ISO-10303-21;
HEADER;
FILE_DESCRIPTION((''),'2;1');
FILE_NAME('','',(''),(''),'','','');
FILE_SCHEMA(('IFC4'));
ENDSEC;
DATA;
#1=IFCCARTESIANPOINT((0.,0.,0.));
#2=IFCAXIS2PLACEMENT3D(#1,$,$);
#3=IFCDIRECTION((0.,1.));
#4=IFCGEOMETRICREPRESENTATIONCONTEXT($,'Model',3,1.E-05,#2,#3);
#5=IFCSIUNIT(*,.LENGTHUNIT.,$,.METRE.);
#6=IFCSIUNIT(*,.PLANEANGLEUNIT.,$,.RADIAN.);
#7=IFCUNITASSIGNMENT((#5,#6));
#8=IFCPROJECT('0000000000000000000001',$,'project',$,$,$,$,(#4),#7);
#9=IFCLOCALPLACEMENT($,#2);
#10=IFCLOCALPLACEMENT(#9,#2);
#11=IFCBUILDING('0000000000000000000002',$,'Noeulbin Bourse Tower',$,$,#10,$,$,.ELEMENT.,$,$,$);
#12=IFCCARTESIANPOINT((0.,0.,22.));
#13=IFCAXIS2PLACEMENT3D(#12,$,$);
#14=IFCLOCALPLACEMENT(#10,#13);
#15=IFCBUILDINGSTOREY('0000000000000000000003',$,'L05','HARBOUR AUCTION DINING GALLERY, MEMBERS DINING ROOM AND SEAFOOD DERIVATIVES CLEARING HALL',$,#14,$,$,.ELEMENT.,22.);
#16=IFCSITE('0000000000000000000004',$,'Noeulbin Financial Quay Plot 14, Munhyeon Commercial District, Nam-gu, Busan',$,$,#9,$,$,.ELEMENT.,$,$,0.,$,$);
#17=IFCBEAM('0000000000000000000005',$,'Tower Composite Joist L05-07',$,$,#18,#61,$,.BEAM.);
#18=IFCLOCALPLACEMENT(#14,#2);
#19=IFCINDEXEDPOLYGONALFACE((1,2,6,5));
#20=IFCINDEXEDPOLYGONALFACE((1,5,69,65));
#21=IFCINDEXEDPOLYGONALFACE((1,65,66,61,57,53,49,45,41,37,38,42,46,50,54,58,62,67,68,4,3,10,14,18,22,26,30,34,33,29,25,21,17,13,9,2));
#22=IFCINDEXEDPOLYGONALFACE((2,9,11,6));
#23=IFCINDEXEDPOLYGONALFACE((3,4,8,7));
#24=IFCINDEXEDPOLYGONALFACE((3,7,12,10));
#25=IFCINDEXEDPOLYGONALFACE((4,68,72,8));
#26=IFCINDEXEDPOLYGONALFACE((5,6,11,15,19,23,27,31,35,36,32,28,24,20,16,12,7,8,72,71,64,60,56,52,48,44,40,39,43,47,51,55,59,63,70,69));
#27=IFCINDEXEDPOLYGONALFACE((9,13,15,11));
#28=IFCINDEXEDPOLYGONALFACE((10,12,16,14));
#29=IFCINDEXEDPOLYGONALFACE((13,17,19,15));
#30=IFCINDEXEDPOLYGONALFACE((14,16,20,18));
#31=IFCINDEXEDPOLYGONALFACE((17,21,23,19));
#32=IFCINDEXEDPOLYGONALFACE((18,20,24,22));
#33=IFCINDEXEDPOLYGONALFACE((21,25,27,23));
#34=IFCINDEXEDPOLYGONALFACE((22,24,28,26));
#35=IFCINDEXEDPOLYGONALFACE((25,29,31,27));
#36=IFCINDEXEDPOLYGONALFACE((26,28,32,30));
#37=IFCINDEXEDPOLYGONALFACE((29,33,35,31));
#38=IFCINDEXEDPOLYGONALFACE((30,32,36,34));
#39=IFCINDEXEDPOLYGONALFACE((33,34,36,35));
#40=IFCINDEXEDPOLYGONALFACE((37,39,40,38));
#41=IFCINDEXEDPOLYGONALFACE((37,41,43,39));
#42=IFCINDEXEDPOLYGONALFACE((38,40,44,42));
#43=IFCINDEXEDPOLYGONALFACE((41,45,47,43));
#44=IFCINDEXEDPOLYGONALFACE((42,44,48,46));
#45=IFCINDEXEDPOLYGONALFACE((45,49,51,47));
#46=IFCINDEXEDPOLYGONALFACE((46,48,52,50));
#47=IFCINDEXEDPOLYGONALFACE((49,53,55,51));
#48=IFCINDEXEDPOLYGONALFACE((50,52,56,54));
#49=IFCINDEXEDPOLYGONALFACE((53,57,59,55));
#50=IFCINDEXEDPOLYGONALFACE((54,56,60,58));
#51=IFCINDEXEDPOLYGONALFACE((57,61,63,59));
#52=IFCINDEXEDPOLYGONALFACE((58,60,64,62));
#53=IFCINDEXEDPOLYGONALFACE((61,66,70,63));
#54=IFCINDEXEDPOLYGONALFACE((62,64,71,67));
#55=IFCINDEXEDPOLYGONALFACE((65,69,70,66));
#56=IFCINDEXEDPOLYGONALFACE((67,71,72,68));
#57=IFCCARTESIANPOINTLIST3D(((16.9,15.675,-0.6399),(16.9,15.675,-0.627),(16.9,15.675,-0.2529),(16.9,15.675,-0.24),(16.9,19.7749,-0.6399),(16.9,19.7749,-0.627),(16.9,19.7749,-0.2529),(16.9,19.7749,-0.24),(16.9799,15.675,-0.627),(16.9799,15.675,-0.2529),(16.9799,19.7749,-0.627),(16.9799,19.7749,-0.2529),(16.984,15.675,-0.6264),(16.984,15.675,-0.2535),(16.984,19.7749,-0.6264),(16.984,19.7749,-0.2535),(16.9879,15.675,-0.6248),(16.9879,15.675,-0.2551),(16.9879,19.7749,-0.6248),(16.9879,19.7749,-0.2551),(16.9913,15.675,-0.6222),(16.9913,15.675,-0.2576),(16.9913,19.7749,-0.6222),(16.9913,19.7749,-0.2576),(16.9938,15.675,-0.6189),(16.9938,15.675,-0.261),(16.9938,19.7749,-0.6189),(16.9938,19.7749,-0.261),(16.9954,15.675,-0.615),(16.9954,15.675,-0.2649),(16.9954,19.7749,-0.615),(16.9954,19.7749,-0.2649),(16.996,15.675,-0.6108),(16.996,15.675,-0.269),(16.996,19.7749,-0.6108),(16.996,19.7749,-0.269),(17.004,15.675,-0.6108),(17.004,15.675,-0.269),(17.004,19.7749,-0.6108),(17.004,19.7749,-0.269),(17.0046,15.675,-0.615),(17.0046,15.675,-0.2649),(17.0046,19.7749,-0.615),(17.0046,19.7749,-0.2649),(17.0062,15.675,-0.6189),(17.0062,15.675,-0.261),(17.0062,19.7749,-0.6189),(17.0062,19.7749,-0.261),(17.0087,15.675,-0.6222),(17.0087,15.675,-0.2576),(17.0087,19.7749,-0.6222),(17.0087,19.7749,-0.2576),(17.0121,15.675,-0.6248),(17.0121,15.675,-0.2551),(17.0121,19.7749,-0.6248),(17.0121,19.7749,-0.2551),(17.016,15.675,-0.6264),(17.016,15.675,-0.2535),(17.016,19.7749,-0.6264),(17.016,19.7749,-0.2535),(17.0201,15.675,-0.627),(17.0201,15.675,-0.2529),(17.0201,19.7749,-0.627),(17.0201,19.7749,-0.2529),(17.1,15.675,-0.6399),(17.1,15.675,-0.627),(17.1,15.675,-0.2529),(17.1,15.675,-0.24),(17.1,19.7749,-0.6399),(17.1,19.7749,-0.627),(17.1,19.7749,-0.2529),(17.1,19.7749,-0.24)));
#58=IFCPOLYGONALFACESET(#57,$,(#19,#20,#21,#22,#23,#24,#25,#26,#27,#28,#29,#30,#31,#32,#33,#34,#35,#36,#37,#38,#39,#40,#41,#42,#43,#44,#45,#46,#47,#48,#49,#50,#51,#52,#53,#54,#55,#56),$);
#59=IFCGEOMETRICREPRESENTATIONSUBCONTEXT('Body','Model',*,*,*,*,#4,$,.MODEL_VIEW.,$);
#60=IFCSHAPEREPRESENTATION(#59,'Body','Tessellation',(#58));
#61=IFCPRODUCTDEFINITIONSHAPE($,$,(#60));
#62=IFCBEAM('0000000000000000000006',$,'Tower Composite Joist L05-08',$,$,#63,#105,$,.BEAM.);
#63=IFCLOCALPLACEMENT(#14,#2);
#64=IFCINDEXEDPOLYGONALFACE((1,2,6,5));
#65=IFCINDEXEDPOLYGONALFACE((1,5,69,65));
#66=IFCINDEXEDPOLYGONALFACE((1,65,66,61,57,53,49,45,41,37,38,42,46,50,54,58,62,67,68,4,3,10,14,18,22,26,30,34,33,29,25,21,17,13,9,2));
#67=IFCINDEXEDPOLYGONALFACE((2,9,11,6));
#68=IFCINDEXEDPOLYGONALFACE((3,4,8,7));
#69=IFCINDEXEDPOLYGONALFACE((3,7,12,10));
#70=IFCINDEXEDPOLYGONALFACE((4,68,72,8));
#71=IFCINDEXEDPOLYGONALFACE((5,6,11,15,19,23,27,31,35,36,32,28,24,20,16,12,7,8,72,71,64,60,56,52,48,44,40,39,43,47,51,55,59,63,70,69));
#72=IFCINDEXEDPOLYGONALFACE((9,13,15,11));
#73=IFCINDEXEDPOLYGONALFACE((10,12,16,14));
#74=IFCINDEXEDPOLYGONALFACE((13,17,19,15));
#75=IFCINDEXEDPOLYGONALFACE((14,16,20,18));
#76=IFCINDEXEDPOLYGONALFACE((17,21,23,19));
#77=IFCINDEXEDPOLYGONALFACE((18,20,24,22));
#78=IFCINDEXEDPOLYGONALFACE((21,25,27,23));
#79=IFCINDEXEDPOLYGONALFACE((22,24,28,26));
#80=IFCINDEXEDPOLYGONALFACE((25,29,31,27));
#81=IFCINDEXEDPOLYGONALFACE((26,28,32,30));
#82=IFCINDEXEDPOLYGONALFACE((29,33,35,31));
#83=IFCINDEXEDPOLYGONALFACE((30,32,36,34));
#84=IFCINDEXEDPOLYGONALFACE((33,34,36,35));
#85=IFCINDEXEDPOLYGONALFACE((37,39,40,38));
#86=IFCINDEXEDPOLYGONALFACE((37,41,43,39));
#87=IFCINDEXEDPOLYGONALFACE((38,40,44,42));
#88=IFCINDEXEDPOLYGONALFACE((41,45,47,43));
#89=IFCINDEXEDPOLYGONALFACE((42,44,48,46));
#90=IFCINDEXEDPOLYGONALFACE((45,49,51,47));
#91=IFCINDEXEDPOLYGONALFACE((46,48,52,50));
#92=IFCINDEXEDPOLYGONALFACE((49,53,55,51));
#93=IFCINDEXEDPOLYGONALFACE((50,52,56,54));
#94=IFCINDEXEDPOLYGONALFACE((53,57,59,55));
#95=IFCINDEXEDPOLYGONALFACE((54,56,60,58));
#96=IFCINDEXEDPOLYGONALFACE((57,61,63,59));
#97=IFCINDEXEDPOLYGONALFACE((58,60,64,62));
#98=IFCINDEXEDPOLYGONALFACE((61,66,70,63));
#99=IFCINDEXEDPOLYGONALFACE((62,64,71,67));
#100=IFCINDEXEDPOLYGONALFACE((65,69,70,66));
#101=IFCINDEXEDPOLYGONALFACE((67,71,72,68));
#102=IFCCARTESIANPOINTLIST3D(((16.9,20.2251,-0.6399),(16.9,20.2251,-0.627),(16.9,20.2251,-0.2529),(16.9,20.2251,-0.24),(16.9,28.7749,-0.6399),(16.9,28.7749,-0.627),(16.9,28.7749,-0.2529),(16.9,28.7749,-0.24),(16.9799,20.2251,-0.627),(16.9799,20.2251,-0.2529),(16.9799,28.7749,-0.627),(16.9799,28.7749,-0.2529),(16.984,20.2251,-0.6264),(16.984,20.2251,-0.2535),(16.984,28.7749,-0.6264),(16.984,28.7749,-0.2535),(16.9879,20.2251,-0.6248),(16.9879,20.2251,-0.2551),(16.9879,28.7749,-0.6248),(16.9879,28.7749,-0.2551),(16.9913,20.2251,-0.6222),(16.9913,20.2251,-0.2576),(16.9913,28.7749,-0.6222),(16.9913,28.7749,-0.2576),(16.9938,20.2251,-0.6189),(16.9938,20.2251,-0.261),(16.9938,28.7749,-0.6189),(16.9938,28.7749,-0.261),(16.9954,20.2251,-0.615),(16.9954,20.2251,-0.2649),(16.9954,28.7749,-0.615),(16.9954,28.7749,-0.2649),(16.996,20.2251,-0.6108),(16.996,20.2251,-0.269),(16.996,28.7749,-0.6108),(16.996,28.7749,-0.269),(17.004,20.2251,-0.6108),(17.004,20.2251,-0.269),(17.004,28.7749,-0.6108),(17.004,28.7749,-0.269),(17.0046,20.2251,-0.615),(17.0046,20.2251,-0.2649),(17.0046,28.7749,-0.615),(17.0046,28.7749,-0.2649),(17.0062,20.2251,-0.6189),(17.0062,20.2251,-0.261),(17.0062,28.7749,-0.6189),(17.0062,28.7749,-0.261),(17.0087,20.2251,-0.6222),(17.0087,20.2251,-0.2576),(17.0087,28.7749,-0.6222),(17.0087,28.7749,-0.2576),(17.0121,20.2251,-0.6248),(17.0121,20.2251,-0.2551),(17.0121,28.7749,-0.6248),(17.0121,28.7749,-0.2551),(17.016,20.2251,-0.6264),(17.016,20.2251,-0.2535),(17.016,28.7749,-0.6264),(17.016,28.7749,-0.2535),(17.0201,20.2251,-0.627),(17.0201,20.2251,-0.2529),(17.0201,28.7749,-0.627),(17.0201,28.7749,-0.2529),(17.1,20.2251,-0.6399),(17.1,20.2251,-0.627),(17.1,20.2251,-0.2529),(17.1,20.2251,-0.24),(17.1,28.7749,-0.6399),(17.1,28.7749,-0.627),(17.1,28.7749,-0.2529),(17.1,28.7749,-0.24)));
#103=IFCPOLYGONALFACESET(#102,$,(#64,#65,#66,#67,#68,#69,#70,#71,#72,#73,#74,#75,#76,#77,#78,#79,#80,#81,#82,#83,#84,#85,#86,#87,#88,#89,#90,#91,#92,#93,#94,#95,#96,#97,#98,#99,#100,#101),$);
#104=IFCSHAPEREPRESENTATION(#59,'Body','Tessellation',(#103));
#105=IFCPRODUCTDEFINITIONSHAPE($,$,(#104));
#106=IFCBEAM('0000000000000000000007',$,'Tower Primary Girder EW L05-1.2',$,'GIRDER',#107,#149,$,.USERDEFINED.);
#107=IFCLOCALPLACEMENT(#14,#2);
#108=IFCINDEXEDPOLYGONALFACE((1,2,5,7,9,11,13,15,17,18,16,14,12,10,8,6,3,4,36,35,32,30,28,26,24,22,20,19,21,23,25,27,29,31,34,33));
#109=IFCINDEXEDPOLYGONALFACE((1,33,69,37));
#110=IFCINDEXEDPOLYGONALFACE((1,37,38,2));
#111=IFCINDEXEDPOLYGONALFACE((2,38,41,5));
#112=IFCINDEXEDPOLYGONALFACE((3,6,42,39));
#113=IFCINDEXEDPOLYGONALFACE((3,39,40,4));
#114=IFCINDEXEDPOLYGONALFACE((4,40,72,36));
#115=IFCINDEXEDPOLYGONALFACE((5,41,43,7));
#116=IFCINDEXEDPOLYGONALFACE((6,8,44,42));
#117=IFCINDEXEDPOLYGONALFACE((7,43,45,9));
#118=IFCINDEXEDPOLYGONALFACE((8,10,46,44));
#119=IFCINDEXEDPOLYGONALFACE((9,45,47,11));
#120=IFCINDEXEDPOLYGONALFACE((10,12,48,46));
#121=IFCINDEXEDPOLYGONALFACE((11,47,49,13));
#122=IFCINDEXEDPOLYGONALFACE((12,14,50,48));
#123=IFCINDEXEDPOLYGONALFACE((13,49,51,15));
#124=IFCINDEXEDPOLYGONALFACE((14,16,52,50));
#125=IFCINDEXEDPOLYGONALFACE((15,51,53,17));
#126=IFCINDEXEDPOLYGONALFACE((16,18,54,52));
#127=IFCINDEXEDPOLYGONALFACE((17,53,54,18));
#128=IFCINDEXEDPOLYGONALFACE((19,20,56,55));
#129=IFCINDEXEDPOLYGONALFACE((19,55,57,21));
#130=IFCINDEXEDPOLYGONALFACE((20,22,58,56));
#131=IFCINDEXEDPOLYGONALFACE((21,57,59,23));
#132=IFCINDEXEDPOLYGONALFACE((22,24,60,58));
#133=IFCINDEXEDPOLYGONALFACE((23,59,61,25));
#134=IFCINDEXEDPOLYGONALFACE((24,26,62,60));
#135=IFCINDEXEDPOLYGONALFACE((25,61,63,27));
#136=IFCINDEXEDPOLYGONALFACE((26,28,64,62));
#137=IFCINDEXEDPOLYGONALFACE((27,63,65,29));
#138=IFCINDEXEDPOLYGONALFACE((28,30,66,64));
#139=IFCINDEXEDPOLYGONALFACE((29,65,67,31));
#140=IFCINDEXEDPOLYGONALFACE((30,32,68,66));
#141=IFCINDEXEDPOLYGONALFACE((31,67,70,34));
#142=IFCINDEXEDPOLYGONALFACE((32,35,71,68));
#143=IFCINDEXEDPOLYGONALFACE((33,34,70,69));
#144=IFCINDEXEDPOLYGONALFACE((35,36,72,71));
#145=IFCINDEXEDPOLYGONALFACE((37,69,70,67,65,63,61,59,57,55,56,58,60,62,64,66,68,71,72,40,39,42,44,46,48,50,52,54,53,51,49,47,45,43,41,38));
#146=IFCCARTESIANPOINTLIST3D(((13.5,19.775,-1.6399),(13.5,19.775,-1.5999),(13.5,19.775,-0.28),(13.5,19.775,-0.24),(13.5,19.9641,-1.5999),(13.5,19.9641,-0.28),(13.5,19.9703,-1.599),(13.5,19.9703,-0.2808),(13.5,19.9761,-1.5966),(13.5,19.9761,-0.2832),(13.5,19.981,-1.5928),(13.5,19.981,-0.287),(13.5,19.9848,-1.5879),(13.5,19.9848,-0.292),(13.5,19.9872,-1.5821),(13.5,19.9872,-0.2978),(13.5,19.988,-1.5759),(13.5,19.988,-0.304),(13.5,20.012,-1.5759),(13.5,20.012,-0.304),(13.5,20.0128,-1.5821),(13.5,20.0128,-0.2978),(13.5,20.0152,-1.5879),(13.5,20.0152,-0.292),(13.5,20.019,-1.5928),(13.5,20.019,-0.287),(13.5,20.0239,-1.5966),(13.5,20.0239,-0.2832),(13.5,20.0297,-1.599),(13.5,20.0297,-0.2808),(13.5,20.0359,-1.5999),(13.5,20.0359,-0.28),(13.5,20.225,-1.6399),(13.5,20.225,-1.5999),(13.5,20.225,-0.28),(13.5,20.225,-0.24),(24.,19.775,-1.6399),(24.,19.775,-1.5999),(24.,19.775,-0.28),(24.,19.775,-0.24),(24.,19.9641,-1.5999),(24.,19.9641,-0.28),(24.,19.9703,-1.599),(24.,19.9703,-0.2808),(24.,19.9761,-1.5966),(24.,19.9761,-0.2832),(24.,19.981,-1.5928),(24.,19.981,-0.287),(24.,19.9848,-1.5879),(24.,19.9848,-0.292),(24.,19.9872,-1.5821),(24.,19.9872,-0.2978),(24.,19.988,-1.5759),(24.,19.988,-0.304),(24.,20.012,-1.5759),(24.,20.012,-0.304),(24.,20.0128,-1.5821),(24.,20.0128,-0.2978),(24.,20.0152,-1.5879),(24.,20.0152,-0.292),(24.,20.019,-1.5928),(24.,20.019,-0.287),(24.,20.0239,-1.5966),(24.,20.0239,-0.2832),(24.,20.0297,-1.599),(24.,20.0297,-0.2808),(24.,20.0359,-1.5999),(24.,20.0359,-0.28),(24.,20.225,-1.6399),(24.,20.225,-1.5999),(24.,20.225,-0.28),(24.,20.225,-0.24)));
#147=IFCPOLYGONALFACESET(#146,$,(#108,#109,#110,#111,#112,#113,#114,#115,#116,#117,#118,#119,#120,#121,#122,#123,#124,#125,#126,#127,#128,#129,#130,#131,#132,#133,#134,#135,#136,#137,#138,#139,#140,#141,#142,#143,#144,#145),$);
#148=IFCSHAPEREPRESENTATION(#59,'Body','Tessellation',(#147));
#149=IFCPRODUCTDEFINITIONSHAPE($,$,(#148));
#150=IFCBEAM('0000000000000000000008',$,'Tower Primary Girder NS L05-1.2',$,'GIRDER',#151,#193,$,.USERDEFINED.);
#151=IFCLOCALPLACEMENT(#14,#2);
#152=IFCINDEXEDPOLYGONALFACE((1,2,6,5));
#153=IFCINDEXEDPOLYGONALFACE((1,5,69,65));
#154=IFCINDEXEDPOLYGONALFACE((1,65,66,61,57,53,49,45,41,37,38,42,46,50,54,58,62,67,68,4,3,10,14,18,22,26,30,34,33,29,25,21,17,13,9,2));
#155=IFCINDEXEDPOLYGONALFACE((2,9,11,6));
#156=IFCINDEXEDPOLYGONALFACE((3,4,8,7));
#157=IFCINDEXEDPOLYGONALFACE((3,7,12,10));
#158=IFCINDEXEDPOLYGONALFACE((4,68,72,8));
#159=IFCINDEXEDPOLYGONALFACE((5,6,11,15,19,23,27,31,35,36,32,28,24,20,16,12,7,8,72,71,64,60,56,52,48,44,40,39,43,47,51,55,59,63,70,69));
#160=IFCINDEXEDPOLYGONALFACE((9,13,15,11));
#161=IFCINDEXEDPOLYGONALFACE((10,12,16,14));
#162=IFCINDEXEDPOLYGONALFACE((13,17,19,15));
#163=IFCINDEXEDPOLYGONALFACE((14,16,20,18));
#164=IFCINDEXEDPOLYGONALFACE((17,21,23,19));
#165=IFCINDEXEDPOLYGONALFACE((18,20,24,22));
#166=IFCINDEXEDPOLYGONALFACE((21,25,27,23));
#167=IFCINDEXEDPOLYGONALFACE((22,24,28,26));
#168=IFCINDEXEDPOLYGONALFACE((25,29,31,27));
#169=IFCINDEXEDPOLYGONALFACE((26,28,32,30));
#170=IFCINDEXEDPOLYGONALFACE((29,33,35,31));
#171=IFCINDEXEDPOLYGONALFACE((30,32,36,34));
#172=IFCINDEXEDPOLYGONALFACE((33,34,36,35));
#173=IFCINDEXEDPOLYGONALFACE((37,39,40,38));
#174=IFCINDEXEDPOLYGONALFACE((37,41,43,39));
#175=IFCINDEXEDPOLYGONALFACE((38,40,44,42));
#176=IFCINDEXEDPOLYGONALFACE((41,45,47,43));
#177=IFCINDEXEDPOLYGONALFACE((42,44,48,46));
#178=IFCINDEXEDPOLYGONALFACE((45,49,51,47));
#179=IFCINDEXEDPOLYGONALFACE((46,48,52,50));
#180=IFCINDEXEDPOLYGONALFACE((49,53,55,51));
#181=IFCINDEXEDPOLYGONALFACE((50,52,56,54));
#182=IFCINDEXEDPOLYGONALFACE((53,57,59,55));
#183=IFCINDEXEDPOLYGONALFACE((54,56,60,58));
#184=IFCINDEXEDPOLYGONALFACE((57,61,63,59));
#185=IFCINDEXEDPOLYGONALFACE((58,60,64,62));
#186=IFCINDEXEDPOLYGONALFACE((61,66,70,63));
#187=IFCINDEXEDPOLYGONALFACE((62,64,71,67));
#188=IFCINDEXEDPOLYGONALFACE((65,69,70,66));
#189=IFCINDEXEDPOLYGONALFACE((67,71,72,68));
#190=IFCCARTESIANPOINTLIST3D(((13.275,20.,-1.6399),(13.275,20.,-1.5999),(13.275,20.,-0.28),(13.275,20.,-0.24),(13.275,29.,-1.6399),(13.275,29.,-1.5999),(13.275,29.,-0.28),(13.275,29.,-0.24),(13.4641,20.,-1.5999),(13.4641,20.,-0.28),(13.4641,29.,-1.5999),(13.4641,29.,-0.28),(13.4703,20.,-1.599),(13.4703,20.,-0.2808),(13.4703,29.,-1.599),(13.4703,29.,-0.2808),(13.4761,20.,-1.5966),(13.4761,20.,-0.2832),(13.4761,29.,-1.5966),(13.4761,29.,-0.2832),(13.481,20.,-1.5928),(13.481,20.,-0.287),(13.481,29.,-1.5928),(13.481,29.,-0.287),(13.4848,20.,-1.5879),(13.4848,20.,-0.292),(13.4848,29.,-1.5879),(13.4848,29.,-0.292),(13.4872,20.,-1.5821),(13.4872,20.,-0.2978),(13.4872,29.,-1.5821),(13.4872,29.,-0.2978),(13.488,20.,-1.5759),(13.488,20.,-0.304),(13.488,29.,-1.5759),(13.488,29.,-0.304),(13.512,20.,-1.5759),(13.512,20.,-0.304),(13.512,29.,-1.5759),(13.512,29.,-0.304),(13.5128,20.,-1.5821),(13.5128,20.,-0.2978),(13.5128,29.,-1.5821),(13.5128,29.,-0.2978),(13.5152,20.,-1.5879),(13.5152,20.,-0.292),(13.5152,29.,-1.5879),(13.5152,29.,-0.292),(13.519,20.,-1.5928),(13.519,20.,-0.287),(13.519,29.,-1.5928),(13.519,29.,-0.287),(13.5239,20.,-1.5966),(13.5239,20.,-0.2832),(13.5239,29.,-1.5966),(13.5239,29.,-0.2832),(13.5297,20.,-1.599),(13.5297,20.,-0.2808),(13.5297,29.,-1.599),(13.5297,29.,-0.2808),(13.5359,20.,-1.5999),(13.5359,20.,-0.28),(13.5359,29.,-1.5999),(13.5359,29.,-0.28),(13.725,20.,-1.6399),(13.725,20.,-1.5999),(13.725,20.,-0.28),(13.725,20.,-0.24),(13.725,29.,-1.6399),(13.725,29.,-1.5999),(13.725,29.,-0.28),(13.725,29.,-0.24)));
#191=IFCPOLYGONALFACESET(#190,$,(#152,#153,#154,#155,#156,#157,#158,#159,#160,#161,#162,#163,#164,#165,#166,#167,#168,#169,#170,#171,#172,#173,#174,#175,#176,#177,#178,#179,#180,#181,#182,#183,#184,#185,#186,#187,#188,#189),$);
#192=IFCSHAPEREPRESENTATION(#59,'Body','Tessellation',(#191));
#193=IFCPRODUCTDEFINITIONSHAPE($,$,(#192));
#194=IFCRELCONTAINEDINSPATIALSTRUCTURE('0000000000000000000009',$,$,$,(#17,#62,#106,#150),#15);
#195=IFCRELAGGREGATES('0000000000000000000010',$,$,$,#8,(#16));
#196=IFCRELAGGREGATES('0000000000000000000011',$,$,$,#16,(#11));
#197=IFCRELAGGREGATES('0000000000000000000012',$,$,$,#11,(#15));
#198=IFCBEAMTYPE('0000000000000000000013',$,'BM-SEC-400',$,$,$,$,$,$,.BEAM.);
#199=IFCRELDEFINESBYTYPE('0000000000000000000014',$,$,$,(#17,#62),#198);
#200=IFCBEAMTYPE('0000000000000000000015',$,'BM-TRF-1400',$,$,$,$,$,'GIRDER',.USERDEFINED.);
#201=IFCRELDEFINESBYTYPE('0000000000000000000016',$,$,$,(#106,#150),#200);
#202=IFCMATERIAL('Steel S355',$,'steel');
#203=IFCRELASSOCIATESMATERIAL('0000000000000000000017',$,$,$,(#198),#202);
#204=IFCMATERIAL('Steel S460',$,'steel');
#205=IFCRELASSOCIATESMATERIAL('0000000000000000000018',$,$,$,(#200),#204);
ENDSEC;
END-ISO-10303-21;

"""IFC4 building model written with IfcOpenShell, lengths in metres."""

from ifc_helpers import new_model, si_unit, direction, frame, origin, origin_2d, place, context, subcontext, project, spatial, i_section, extrude, material, material_profile, profile_set, type_object, element, save


model = new_model("IFC4")

# Units and contexts
model_context = context("Model", 3, precision=1e-05, world=origin(), true_north=direction((0.0, 1.0)))
body_context = subcontext(model_context, "Body", "Model", "MODEL_VIEW")
ifc_project = project(units=[si_unit("LENGTHUNIT", "METRE"), si_unit("PLANEANGLEUNIT", "RADIAN")], contexts=[model_context])

# Site, building, storey
site_placement = place(None, origin())
site = spatial("IfcSite", under=ifc_project, at=site_placement, Name="Noeulbin Financial Quay Plot 14, Munhyeon Commercial District, Nam-gu, Busan", CompositionType="ELEMENT", RefElevation=0.0)
building_placement = place(site_placement, origin())
building = spatial("IfcBuilding", under=site, at=building_placement, Name="Noeulbin Bourse Tower", CompositionType="ELEMENT")
storey_placement = place(building_placement, frame((0.0, 0.0, 22.0)))
storey = spatial("IfcBuildingStorey", under=building, at=storey_placement, Name="L05", Description="HARBOUR AUCTION DINING GALLERY, MEMBERS DINING ROOM AND SEAFOOD DERIVATIVES CLEARING HALL", CompositionType="ELEMENT", Elevation=22.0)

# Beams
ifc_material_1 = material(Name="Steel S355", Category="steel")
ifc_material_profile_1 = material_profile(ifc_material_1, i_section(OverallWidth=0.2, OverallDepth=0.3999, WebThickness=0.0081, FlangeThickness=0.0129, FilletRadius=0.0161, at=origin_2d()), Name="H-400x200x8x13", Category="LoadBearing")
ifc_profile_set_1 = profile_set([ifc_material_profile_1], Name="Steel S355")
beam_type_1 = type_object("IfcBeamType", Name="BM-SEC-400", PredefinedType="BEAM", material=ifc_profile_set_1)
beam_1_placement = place(storey_placement, frame((17.0, 15.675, -0.4399), z_axis=(0.0, 1.0, 0.0), x_axis=(-1.0, 0.0, 0.0)))
element("IfcBeam", 1, at=beam_1_placement, inside=storey, type_object=beam_type_1, Name="Tower Composite Joist L05-07", PredefinedType="BEAM", context=body_context, shape_type="SweptSolid", body=[
    extrude(i_section(OverallWidth=0.2, OverallDepth=0.3999, WebThickness=0.0081, FlangeThickness=0.0129, FilletRadius=0.0161, at=origin_2d()), origin(), (0.0, 0.0, 1.0), 4.0999),
])
beam_2_placement = place(storey_placement, frame((17.0, 20.2251, -0.4399), z_axis=(0.0, 1.0, 0.0), x_axis=(-1.0, 0.0, 0.0)))
element("IfcBeam", 2, at=beam_2_placement, inside=storey, type_object=beam_type_1, Name="Tower Composite Joist L05-08", PredefinedType="BEAM", context=body_context, shape_type="SweptSolid", body=[
    extrude(i_section(OverallWidth=0.2, OverallDepth=0.3999, WebThickness=0.0081, FlangeThickness=0.0129, FilletRadius=0.0161, at=origin_2d()), origin(), (0.0, 0.0, 1.0), 8.5498),
])
ifc_material_2 = material(Name="Steel S460", Category="steel")
ifc_material_profile_2 = material_profile(ifc_material_2, i_section(OverallWidth=0.45, OverallDepth=1.3999, WebThickness=0.0239, FlangeThickness=0.04, FilletRadius=0.0239, at=origin_2d()), Name="PG-1400x450x24x40", Category="LoadBearing")
ifc_profile_set_2 = profile_set([ifc_material_profile_2], Name="Steel S460")
beam_type_2 = type_object("IfcBeamType", Name="BM-TRF-1400", ElementType="GIRDER", PredefinedType="USERDEFINED", material=ifc_profile_set_2)
beam_3_placement = place(storey_placement, frame((13.5, 20.0, -0.9399), z_axis=(1.0, 0.0, 0.0), x_axis=(0.0, 1.0, 0.0)))
element("IfcBeam", 3, at=beam_3_placement, inside=storey, type_object=beam_type_2, Name="Tower Primary Girder EW L05-1.2", ObjectType="GIRDER", PredefinedType="USERDEFINED", context=body_context, shape_type="SweptSolid", body=[
    extrude(i_section(OverallWidth=0.45, OverallDepth=1.3999, WebThickness=0.0239, FlangeThickness=0.04, FilletRadius=0.0239, at=origin_2d()), origin(), (0.0, 0.0, 1.0), 10.5),
])
beam_4_placement = place(storey_placement, frame((13.5, 20.0, -0.9399), z_axis=(0.0, 1.0, 0.0), x_axis=(-1.0, 0.0, 0.0)))
element("IfcBeam", 4, at=beam_4_placement, inside=storey, type_object=beam_type_2, Name="Tower Primary Girder NS L05-1.2", ObjectType="GIRDER", PredefinedType="USERDEFINED", context=body_context, shape_type="SweptSolid", body=[
    extrude(i_section(OverallWidth=0.45, OverallDepth=1.3999, WebThickness=0.0239, FlangeThickness=0.04, FilletRadius=0.0239, at=origin_2d()), origin(), (0.0, 0.0, 1.0), 9.0),
])

save(model, "model.ifc")
